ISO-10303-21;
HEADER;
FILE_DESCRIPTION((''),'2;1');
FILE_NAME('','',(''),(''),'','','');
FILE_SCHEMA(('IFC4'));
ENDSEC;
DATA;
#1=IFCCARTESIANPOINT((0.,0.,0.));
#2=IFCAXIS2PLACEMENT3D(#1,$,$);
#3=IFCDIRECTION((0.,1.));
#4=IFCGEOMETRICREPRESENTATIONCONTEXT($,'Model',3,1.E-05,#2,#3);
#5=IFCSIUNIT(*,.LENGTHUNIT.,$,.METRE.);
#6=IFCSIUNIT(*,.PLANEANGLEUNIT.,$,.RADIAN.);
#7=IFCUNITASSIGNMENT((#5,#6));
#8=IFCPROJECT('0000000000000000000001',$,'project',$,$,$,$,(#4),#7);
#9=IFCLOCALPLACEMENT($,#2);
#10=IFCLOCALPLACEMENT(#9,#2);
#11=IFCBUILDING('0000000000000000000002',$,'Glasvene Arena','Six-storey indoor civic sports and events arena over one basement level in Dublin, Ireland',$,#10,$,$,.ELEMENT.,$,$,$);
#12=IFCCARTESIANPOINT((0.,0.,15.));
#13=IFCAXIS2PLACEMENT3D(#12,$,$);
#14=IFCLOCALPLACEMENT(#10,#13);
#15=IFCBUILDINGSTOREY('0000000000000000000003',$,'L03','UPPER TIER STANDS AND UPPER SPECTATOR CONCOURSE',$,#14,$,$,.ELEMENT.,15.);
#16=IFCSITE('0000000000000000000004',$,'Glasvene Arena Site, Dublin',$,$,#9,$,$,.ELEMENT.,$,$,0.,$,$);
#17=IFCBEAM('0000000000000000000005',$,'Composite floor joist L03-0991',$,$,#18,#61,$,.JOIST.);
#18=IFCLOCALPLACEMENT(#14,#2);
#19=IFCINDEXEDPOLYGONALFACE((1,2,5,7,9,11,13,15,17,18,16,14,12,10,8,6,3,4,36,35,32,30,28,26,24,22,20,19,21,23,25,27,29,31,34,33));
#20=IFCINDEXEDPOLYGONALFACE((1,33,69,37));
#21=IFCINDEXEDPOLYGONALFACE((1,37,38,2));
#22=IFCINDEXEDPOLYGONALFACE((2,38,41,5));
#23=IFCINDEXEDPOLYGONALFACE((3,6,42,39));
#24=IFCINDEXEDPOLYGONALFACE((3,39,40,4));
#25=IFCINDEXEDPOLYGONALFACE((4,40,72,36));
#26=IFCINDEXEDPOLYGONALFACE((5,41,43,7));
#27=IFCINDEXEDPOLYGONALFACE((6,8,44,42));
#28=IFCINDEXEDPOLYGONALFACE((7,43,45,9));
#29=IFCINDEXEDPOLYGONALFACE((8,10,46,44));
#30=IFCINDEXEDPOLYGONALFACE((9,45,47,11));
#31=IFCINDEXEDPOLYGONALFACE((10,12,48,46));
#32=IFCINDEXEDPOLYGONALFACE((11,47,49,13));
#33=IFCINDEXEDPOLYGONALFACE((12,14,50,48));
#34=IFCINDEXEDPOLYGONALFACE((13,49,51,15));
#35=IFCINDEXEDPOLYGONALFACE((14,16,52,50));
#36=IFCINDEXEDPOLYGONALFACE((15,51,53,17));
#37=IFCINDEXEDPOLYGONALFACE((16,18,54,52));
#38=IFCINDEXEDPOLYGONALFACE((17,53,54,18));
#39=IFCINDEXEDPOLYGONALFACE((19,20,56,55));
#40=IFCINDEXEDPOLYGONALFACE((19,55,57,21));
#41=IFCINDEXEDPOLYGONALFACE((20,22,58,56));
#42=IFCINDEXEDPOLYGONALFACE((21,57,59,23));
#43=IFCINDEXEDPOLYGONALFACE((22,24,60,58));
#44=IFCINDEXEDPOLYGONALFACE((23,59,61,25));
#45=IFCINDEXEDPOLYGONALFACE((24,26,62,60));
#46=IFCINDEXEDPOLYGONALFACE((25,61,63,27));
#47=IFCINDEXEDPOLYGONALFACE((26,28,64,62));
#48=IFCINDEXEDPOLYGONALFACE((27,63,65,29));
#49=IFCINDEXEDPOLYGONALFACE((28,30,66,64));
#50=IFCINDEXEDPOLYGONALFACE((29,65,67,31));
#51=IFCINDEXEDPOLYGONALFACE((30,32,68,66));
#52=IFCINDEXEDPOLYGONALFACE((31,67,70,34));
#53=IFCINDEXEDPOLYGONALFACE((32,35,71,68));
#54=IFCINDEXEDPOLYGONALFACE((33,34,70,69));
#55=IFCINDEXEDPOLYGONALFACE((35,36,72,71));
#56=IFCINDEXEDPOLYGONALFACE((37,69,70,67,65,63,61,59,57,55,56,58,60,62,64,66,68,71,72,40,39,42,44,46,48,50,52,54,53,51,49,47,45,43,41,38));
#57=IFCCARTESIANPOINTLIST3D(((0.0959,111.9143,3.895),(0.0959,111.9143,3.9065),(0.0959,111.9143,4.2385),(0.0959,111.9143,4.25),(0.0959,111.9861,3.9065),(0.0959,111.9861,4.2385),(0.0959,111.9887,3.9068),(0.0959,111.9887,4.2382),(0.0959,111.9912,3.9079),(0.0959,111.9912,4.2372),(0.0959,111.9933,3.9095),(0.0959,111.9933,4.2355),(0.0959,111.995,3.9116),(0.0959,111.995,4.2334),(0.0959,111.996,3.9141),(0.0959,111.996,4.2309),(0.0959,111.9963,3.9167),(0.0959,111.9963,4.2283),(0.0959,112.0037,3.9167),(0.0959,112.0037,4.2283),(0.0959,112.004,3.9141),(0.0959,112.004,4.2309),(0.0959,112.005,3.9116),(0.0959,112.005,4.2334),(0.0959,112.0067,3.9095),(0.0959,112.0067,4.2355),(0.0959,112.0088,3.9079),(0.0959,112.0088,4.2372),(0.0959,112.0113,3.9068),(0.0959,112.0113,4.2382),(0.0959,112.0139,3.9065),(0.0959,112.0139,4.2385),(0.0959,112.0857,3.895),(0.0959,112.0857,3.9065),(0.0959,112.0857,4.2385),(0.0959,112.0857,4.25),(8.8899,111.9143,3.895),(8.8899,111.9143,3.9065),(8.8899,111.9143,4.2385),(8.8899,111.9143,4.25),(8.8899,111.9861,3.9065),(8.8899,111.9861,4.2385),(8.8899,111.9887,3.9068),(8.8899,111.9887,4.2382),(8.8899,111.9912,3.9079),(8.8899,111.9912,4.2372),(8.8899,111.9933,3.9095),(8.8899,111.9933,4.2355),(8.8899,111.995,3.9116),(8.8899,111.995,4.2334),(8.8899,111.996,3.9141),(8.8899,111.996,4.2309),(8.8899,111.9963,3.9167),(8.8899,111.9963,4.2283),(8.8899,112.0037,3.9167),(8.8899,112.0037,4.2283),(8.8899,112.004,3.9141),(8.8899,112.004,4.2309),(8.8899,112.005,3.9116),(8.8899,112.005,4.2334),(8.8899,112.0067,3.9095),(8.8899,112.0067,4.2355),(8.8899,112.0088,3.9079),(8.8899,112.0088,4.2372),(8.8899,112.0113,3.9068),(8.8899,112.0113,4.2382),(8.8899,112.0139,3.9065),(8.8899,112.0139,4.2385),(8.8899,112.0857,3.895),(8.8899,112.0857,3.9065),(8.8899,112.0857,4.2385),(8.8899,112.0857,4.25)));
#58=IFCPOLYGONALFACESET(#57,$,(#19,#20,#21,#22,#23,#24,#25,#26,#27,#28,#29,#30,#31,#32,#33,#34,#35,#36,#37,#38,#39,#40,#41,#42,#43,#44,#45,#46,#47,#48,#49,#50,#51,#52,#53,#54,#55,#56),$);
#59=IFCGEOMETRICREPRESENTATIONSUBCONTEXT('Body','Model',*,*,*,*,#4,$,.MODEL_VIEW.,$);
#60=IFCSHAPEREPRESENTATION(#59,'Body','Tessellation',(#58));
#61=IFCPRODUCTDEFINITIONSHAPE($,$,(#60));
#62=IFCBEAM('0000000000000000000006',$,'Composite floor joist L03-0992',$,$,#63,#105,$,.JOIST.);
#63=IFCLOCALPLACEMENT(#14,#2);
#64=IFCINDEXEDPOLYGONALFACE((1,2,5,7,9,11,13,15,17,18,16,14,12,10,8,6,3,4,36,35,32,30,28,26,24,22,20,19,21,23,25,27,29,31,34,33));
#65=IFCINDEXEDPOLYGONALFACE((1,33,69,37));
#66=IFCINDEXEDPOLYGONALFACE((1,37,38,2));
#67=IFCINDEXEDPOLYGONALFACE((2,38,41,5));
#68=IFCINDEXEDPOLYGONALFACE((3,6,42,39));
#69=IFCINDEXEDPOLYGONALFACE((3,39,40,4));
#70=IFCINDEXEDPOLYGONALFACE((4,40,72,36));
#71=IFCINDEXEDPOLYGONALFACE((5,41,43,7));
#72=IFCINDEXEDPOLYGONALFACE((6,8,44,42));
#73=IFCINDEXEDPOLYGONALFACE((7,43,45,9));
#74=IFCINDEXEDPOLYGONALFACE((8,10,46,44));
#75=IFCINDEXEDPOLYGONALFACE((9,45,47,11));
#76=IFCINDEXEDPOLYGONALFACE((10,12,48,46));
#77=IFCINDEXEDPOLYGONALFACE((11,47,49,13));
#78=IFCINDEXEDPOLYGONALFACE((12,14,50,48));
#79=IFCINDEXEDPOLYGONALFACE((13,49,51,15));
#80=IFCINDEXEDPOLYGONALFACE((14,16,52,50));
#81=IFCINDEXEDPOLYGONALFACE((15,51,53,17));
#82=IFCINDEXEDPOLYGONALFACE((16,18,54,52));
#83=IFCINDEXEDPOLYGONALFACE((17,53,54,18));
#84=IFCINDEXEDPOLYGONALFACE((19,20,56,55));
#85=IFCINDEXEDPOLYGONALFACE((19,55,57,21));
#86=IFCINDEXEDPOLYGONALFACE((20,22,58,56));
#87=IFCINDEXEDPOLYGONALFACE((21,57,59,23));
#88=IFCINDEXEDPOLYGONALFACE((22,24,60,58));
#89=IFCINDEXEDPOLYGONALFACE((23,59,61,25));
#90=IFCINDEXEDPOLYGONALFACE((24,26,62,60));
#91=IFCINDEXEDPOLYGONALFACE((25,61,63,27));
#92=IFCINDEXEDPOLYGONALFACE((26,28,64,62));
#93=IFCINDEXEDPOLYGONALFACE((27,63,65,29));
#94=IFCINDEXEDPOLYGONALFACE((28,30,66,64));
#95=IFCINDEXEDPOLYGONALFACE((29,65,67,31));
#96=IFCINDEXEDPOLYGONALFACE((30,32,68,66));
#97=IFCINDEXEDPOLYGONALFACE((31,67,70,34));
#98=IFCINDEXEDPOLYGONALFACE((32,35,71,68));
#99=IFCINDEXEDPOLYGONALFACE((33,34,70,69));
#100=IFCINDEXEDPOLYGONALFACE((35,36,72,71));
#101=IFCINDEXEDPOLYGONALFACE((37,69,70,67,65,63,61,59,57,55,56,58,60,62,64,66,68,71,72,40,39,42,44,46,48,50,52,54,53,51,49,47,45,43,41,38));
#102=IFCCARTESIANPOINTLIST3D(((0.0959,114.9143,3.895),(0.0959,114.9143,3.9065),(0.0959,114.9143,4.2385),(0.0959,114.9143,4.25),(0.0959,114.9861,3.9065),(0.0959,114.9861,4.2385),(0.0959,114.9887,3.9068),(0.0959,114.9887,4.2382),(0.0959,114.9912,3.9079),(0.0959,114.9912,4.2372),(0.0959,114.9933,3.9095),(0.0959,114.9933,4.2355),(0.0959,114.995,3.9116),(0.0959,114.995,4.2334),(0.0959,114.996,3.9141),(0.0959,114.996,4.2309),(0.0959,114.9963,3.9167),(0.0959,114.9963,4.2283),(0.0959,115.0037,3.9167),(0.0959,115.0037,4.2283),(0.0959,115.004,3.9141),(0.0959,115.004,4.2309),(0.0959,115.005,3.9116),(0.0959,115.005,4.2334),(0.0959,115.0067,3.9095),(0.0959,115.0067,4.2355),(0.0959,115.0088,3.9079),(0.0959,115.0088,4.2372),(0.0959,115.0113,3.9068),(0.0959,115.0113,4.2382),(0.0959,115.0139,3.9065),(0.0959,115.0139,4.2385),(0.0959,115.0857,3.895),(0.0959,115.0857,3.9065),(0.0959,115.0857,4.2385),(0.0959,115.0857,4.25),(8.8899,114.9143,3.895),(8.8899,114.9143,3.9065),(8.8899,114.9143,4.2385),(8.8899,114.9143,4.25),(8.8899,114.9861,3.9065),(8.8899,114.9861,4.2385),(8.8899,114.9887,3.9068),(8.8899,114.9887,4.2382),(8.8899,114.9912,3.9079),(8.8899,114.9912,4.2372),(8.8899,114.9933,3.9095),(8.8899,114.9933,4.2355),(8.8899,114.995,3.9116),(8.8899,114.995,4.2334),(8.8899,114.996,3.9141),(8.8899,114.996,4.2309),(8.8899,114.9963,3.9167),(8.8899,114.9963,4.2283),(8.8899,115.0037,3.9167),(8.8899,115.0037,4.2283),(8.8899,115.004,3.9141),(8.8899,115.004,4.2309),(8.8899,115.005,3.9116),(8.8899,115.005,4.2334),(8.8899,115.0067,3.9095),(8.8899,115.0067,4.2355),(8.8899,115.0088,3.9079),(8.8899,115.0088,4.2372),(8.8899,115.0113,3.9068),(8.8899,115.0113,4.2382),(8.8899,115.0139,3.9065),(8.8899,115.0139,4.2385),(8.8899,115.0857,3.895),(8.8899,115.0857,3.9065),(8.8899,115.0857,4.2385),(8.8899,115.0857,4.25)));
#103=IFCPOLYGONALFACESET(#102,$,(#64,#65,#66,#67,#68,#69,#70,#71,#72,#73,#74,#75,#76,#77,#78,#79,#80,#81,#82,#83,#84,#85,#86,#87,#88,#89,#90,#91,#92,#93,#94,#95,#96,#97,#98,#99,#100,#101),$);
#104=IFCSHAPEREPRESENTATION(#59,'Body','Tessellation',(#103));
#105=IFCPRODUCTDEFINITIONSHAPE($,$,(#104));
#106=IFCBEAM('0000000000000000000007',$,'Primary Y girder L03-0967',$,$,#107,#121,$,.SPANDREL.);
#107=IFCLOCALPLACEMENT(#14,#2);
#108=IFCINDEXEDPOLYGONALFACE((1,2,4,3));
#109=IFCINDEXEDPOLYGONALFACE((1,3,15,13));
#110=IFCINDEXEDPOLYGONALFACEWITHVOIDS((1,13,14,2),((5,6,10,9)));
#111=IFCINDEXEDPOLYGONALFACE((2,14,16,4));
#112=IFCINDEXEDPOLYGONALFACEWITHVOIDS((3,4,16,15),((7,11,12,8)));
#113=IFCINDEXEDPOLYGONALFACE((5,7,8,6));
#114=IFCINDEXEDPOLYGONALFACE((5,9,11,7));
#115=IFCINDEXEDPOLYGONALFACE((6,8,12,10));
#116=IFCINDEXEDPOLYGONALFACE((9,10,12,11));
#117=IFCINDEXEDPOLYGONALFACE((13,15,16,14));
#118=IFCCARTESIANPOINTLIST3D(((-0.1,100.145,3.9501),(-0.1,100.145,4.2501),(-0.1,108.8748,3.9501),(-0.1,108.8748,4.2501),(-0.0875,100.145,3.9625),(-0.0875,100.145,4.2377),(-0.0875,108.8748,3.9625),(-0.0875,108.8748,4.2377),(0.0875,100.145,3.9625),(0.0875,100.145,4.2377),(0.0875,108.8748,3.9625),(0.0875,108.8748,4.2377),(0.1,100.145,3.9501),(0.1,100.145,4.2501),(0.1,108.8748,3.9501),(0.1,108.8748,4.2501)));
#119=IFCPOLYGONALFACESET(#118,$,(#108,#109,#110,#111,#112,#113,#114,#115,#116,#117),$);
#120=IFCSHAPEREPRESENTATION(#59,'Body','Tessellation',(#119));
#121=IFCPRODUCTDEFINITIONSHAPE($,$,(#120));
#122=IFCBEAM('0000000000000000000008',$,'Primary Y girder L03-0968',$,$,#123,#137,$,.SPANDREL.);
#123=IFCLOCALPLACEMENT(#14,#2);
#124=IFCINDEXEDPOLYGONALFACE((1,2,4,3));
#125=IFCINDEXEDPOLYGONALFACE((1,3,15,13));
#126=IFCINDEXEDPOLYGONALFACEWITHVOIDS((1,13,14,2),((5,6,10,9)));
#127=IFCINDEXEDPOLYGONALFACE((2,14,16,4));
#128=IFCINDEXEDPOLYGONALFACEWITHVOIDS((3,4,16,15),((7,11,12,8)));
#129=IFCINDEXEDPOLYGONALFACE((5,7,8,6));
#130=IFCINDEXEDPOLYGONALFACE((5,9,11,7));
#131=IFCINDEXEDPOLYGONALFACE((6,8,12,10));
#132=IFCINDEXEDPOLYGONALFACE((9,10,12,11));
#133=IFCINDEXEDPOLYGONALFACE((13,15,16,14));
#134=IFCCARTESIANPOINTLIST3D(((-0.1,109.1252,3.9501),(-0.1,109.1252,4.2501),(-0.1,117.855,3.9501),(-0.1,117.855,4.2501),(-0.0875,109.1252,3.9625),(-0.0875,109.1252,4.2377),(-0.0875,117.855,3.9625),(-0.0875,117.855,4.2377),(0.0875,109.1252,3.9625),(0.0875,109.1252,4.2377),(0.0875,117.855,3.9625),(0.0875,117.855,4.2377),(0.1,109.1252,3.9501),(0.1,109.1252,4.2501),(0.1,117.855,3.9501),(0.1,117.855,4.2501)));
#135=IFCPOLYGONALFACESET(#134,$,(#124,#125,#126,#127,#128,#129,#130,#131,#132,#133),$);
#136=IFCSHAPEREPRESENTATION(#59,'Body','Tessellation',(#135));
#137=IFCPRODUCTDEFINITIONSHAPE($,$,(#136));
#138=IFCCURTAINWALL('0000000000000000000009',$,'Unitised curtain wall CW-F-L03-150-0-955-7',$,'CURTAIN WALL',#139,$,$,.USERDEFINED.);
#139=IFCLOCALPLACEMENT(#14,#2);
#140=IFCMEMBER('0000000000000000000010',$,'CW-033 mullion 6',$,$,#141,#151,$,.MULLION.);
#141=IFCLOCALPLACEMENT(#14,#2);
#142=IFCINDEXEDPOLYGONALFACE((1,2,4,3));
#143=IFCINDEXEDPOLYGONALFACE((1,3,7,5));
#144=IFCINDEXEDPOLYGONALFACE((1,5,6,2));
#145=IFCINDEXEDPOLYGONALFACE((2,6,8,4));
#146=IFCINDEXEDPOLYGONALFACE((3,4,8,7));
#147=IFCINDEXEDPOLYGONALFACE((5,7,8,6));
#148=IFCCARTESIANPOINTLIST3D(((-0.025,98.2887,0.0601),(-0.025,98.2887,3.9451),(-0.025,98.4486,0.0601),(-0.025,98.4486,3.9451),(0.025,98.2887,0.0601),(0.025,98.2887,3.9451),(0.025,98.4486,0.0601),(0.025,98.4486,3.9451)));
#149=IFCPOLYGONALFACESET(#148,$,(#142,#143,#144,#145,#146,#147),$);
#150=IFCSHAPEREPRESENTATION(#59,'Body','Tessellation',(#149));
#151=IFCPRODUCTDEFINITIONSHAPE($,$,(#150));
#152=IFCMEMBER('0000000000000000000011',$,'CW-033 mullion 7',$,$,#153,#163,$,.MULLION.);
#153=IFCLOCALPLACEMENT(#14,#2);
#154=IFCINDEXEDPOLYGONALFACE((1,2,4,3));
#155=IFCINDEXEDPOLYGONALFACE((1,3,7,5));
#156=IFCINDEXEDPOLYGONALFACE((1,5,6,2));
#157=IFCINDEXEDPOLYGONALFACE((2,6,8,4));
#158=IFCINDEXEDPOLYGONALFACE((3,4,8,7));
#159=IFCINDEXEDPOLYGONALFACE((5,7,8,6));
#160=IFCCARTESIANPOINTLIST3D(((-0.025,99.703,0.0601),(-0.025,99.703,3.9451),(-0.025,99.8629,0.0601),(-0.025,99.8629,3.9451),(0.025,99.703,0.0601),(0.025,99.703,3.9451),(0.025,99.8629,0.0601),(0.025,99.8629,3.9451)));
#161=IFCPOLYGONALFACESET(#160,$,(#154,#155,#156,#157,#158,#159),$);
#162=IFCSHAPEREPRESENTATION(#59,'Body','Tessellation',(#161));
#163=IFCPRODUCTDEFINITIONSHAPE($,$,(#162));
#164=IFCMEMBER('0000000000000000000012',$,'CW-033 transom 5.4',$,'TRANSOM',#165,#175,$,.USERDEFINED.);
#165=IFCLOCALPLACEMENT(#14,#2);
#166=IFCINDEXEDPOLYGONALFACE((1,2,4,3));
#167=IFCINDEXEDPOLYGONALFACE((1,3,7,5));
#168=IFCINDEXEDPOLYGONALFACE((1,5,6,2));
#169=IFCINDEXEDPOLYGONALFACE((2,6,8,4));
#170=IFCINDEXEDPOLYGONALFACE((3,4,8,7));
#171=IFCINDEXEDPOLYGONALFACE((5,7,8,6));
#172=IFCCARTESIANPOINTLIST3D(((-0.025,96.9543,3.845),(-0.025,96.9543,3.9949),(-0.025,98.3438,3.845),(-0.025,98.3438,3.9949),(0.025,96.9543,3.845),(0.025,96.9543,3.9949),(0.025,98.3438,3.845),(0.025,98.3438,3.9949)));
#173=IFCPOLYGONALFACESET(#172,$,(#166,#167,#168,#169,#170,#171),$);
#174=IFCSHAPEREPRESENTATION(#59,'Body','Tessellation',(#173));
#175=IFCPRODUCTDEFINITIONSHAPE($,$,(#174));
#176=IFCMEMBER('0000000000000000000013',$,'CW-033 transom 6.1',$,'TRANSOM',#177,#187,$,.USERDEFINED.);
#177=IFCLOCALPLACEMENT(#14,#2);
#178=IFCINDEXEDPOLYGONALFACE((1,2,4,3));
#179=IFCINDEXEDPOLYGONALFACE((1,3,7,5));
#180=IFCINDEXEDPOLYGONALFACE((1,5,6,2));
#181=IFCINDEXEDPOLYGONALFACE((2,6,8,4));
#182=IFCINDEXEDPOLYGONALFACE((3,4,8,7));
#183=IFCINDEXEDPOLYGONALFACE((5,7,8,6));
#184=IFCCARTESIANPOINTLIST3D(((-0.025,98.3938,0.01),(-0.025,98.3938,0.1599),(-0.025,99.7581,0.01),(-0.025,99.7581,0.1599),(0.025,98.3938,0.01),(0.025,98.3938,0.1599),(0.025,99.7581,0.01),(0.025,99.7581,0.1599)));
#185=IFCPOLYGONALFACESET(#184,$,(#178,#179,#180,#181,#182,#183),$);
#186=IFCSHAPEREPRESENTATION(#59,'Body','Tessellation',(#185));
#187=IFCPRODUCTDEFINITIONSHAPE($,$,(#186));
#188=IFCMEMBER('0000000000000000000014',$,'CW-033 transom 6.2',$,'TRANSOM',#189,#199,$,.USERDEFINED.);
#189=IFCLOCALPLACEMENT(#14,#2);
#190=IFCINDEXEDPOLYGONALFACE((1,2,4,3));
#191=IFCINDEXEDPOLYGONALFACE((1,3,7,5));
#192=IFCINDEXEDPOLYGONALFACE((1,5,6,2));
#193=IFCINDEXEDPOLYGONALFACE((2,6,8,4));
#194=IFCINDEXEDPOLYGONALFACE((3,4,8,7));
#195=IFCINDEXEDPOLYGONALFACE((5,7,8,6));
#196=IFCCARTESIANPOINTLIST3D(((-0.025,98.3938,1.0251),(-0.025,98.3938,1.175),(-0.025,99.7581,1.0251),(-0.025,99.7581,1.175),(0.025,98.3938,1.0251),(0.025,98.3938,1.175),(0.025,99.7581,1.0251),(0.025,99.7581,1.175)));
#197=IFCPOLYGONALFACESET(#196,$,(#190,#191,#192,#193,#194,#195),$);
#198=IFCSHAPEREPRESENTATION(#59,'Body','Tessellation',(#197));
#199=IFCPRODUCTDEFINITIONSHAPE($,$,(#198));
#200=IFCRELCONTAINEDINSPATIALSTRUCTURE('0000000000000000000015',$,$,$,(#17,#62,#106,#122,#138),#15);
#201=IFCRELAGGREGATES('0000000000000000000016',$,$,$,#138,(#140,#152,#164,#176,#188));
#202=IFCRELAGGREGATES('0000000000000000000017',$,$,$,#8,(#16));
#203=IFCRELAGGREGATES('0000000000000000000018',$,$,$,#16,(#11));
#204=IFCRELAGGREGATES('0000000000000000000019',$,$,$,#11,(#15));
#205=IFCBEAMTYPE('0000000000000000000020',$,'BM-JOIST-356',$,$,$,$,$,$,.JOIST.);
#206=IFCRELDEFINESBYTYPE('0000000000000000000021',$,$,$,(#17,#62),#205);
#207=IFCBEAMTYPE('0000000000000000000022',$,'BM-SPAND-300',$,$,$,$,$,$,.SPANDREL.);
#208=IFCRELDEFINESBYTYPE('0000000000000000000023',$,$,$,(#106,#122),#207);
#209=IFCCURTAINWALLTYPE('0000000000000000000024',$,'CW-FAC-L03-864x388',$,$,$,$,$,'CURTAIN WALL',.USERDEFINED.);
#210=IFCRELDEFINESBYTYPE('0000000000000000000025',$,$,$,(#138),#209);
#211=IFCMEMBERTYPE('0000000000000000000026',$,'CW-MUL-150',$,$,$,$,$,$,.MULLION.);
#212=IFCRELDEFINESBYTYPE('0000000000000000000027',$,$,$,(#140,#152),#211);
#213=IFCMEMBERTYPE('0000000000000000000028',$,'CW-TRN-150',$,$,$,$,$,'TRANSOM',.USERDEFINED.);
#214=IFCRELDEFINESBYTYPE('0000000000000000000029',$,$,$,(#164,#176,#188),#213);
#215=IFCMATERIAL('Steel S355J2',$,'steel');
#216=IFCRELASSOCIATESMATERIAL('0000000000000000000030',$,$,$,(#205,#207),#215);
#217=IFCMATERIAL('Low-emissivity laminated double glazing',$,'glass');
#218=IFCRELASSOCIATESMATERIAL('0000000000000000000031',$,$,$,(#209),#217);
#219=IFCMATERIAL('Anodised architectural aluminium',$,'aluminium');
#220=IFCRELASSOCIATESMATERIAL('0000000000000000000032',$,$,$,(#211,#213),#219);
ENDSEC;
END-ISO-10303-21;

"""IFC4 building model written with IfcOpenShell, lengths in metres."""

from ifc_helpers import new_model, si_unit, direction, frame, origin, origin_2d, place, context, subcontext, project, spatial, rectangle, hollow_rectangle, i_section, extrude, material, material_profile, profile_set, type_object, element, aggregate, save


model = new_model("IFC4")

# Units and contexts
model_context = context("Model", 3, precision=1e-05, world=origin(), true_north=direction((0.0, 1.0)))
body_context = subcontext(model_context, "Body", "Model", "MODEL_VIEW")
ifc_project = project(units=[si_unit("LENGTHUNIT", "METRE"), si_unit("PLANEANGLEUNIT", "RADIAN")], contexts=[model_context])

# Site, building, storey
site_placement = place(None, origin())
site = spatial("IfcSite", under=ifc_project, at=site_placement, Name="Glasvene Arena Site, Dublin", CompositionType="ELEMENT", RefElevation=0.0)
building_placement = place(site_placement, origin())
building = spatial("IfcBuilding", under=site, at=building_placement, Name="Glasvene Arena", Description="Six-storey indoor civic sports and events arena over one basement level in Dublin, Ireland", CompositionType="ELEMENT")
storey_placement = place(building_placement, frame((0.0, 0.0, 15.0)))
storey = spatial("IfcBuildingStorey", under=building, at=storey_placement, Name="L03", Description="UPPER TIER STANDS AND UPPER SPECTATOR CONCOURSE", CompositionType="ELEMENT", Elevation=15.0)

# Shared definitions
ifc_material_1 = material(Name="Steel S355J2", Category="steel")

# Beams
ifc_material_profile_1 = material_profile(ifc_material_1, i_section(OverallWidth=0.1714, OverallDepth=0.355, WebThickness=0.0073, FlangeThickness=0.0115, FilletRadius=0.0103, at=origin_2d()), Name="UKB 356x171x51")
ifc_profile_set_1 = profile_set([ifc_material_profile_1], Name="Steel S355J2")
beam_type_1 = type_object("IfcBeamType", Name="BM-JOIST-356", PredefinedType="JOIST", material=ifc_profile_set_1)
for number, where, z_axis, x_axis, name in (
    (1, (0.0959, 112.0, 4.0725), (1.0, 0.0, 0.0), (0.0, 1.0, 0.0), "Composite floor joist L03-0991"),
    (2, (0.0959, 115.0, 4.0725), (1.0, 0.0, 0.0), (0.0, 1.0, 0.0), "Composite floor joist L03-0992"),
):
    element("IfcBeam", number, at=place(storey_placement, frame(where, z_axis=z_axis, x_axis=x_axis)), inside=storey, type_object=beam_type_1, Name=name, PredefinedType="JOIST", context=body_context, shape_type="SweptSolid", body=[
        extrude(i_section(OverallWidth=0.1714, OverallDepth=0.355, WebThickness=0.0073, FlangeThickness=0.0115, FilletRadius=0.0103, at=origin_2d()), origin(), (0.0, 0.0, 1.0), 8.7939),
    ])
ifc_material_profile_2 = material_profile(ifc_material_1, hollow_rectangle(XDim=0.2, YDim=0.3, WallThickness=0.0125, at=origin_2d()), Name="RHS 300x200x12.5")
ifc_profile_set_2 = profile_set([ifc_material_profile_2], Name="Steel S355J2")
beam_type_2 = type_object("IfcBeamType", Name="BM-SPAND-300", PredefinedType="SPANDREL", material=ifc_profile_set_2)
for number, where, z_axis, x_axis, name in (
    (3, (0.0, 100.145, 4.1001), (0.0, 1.0, 0.0), (-1.0, 0.0, 0.0), "Primary Y girder L03-0967"),
    (4, (0.0, 109.1252, 4.1001), (0.0, 1.0, 0.0), (-1.0, 0.0, 0.0), "Primary Y girder L03-0968"),
):
    element("IfcBeam", number, at=place(storey_placement, frame(where, z_axis=z_axis, x_axis=x_axis)), inside=storey, type_object=beam_type_2, Name=name, PredefinedType="SPANDREL", context=body_context, shape_type="SweptSolid", body=[
        extrude(hollow_rectangle(XDim=0.2, YDim=0.3, WallThickness=0.0125, at=origin_2d()), origin(), (0.0, 0.0, 1.0), 8.7297),
    ])

# Curtain wall, members
ifc_material_2 = material(Name="Low-emissivity laminated double glazing", Category="glass")
curtain_wall_type = type_object("IfcCurtainWallType", Name="CW-FAC-L03-864x388", ElementType="CURTAIN WALL", PredefinedType="USERDEFINED", material=ifc_material_2)
curtain_wall_placement = place(storey_placement, frame((0.0, 91.1721, 0.0)))
curtain_wall = element("IfcCurtainWall", 5, at=curtain_wall_placement, inside=storey, type_object=curtain_wall_type, Name="Unitised curtain wall CW-F-L03-150-0-955-7", ObjectType="CURTAIN WALL", PredefinedType="USERDEFINED")
ifc_material_3 = material(Name="Anodised architectural aluminium", Category="aluminium")
ifc_material_profile_3 = material_profile(ifc_material_3, rectangle(XDim=0.05, YDim=0.1599, at=origin_2d()), Name="ALU MULLION 50x160")
ifc_profile_set_3 = profile_set([ifc_material_profile_3], Name="Anodised architectural aluminium")
member_type_1 = type_object("IfcMemberType", Name="CW-MUL-150", PredefinedType="MULLION", material=ifc_profile_set_3)
member_1_placement = place(storey_placement, frame((0.0, 98.3687, 0.0601), z_axis=(0.0, 0.0, 1.0), x_axis=(-1.0, 0.0, 0.0)))
member_1 = element("IfcMember", 6, at=member_1_placement, type_object=member_type_1, Name="CW-033 mullion 6", PredefinedType="MULLION", context=body_context, shape_type="SweptSolid", body=[
    extrude(rectangle(XDim=0.05, YDim=0.1599, at=origin_2d()), origin(), (0.0, 0.0, 1.0), 3.885),
])
member_2_placement = place(storey_placement, frame((0.0, 99.783, 0.0601), z_axis=(0.0, 0.0, 1.0), x_axis=(-1.0, 0.0, 0.0)))
member_2 = element("IfcMember", 7, at=member_2_placement, type_object=member_type_1, Name="CW-033 mullion 7", PredefinedType="MULLION", context=body_context, shape_type="SweptSolid", body=[
    extrude(rectangle(XDim=0.05, YDim=0.1599, at=origin_2d()), origin(), (0.0, 0.0, 1.0), 3.885),
])
ifc_material_profile_4 = material_profile(ifc_material_3, rectangle(XDim=0.05, YDim=0.1499, at=origin_2d()), Name="ALU TRANSOM 50x150")
ifc_profile_set_4 = profile_set([ifc_material_profile_4], Name="Anodised architectural aluminium")
member_type_2 = type_object("IfcMemberType", Name="CW-TRN-150", ElementType="TRANSOM", PredefinedType="USERDEFINED", material=ifc_profile_set_4)
member_3_placement = place(storey_placement, frame((0.0, 96.9543, 3.9199), z_axis=(0.0, 1.0, 0.0), x_axis=(-1.0, 0.0, 0.0)))
member_3 = element("IfcMember", 8, at=member_3_placement, type_object=member_type_2, Name="CW-033 transom 5.4", ObjectType="TRANSOM", PredefinedType="USERDEFINED", context=body_context, shape_type="SweptSolid", body=[
    extrude(rectangle(XDim=0.05, YDim=0.1499, at=origin_2d()), origin(), (0.0, 0.0, 1.0), 1.3894),
])
member_4_placement = place(storey_placement, frame((0.0, 98.3938, 0.085), z_axis=(0.0, 1.0, 0.0), x_axis=(-1.0, 0.0, 0.0)))
member_4 = element("IfcMember", 9, at=member_4_placement, type_object=member_type_2, Name="CW-033 transom 6.1", ObjectType="TRANSOM", PredefinedType="USERDEFINED", context=body_context, shape_type="SweptSolid", body=[
    extrude(rectangle(XDim=0.05, YDim=0.1499, at=origin_2d()), origin(), (0.0, 0.0, 1.0), 1.3643),
])
member_5_placement = place(storey_placement, frame((0.0, 98.3938, 1.1001), z_axis=(0.0, 1.0, 0.0), x_axis=(-1.0, 0.0, 0.0)))
member_5 = element("IfcMember", 10, at=member_5_placement, type_object=member_type_2, Name="CW-033 transom 6.2", ObjectType="TRANSOM", PredefinedType="USERDEFINED", context=body_context, shape_type="SweptSolid", body=[
    extrude(rectangle(XDim=0.05, YDim=0.1499, at=origin_2d()), origin(), (0.0, 0.0, 1.0), 1.3643),
])

aggregate(curtain_wall, [member_1, member_2, member_3, member_4, member_5])

save(model, "model.ifc")
